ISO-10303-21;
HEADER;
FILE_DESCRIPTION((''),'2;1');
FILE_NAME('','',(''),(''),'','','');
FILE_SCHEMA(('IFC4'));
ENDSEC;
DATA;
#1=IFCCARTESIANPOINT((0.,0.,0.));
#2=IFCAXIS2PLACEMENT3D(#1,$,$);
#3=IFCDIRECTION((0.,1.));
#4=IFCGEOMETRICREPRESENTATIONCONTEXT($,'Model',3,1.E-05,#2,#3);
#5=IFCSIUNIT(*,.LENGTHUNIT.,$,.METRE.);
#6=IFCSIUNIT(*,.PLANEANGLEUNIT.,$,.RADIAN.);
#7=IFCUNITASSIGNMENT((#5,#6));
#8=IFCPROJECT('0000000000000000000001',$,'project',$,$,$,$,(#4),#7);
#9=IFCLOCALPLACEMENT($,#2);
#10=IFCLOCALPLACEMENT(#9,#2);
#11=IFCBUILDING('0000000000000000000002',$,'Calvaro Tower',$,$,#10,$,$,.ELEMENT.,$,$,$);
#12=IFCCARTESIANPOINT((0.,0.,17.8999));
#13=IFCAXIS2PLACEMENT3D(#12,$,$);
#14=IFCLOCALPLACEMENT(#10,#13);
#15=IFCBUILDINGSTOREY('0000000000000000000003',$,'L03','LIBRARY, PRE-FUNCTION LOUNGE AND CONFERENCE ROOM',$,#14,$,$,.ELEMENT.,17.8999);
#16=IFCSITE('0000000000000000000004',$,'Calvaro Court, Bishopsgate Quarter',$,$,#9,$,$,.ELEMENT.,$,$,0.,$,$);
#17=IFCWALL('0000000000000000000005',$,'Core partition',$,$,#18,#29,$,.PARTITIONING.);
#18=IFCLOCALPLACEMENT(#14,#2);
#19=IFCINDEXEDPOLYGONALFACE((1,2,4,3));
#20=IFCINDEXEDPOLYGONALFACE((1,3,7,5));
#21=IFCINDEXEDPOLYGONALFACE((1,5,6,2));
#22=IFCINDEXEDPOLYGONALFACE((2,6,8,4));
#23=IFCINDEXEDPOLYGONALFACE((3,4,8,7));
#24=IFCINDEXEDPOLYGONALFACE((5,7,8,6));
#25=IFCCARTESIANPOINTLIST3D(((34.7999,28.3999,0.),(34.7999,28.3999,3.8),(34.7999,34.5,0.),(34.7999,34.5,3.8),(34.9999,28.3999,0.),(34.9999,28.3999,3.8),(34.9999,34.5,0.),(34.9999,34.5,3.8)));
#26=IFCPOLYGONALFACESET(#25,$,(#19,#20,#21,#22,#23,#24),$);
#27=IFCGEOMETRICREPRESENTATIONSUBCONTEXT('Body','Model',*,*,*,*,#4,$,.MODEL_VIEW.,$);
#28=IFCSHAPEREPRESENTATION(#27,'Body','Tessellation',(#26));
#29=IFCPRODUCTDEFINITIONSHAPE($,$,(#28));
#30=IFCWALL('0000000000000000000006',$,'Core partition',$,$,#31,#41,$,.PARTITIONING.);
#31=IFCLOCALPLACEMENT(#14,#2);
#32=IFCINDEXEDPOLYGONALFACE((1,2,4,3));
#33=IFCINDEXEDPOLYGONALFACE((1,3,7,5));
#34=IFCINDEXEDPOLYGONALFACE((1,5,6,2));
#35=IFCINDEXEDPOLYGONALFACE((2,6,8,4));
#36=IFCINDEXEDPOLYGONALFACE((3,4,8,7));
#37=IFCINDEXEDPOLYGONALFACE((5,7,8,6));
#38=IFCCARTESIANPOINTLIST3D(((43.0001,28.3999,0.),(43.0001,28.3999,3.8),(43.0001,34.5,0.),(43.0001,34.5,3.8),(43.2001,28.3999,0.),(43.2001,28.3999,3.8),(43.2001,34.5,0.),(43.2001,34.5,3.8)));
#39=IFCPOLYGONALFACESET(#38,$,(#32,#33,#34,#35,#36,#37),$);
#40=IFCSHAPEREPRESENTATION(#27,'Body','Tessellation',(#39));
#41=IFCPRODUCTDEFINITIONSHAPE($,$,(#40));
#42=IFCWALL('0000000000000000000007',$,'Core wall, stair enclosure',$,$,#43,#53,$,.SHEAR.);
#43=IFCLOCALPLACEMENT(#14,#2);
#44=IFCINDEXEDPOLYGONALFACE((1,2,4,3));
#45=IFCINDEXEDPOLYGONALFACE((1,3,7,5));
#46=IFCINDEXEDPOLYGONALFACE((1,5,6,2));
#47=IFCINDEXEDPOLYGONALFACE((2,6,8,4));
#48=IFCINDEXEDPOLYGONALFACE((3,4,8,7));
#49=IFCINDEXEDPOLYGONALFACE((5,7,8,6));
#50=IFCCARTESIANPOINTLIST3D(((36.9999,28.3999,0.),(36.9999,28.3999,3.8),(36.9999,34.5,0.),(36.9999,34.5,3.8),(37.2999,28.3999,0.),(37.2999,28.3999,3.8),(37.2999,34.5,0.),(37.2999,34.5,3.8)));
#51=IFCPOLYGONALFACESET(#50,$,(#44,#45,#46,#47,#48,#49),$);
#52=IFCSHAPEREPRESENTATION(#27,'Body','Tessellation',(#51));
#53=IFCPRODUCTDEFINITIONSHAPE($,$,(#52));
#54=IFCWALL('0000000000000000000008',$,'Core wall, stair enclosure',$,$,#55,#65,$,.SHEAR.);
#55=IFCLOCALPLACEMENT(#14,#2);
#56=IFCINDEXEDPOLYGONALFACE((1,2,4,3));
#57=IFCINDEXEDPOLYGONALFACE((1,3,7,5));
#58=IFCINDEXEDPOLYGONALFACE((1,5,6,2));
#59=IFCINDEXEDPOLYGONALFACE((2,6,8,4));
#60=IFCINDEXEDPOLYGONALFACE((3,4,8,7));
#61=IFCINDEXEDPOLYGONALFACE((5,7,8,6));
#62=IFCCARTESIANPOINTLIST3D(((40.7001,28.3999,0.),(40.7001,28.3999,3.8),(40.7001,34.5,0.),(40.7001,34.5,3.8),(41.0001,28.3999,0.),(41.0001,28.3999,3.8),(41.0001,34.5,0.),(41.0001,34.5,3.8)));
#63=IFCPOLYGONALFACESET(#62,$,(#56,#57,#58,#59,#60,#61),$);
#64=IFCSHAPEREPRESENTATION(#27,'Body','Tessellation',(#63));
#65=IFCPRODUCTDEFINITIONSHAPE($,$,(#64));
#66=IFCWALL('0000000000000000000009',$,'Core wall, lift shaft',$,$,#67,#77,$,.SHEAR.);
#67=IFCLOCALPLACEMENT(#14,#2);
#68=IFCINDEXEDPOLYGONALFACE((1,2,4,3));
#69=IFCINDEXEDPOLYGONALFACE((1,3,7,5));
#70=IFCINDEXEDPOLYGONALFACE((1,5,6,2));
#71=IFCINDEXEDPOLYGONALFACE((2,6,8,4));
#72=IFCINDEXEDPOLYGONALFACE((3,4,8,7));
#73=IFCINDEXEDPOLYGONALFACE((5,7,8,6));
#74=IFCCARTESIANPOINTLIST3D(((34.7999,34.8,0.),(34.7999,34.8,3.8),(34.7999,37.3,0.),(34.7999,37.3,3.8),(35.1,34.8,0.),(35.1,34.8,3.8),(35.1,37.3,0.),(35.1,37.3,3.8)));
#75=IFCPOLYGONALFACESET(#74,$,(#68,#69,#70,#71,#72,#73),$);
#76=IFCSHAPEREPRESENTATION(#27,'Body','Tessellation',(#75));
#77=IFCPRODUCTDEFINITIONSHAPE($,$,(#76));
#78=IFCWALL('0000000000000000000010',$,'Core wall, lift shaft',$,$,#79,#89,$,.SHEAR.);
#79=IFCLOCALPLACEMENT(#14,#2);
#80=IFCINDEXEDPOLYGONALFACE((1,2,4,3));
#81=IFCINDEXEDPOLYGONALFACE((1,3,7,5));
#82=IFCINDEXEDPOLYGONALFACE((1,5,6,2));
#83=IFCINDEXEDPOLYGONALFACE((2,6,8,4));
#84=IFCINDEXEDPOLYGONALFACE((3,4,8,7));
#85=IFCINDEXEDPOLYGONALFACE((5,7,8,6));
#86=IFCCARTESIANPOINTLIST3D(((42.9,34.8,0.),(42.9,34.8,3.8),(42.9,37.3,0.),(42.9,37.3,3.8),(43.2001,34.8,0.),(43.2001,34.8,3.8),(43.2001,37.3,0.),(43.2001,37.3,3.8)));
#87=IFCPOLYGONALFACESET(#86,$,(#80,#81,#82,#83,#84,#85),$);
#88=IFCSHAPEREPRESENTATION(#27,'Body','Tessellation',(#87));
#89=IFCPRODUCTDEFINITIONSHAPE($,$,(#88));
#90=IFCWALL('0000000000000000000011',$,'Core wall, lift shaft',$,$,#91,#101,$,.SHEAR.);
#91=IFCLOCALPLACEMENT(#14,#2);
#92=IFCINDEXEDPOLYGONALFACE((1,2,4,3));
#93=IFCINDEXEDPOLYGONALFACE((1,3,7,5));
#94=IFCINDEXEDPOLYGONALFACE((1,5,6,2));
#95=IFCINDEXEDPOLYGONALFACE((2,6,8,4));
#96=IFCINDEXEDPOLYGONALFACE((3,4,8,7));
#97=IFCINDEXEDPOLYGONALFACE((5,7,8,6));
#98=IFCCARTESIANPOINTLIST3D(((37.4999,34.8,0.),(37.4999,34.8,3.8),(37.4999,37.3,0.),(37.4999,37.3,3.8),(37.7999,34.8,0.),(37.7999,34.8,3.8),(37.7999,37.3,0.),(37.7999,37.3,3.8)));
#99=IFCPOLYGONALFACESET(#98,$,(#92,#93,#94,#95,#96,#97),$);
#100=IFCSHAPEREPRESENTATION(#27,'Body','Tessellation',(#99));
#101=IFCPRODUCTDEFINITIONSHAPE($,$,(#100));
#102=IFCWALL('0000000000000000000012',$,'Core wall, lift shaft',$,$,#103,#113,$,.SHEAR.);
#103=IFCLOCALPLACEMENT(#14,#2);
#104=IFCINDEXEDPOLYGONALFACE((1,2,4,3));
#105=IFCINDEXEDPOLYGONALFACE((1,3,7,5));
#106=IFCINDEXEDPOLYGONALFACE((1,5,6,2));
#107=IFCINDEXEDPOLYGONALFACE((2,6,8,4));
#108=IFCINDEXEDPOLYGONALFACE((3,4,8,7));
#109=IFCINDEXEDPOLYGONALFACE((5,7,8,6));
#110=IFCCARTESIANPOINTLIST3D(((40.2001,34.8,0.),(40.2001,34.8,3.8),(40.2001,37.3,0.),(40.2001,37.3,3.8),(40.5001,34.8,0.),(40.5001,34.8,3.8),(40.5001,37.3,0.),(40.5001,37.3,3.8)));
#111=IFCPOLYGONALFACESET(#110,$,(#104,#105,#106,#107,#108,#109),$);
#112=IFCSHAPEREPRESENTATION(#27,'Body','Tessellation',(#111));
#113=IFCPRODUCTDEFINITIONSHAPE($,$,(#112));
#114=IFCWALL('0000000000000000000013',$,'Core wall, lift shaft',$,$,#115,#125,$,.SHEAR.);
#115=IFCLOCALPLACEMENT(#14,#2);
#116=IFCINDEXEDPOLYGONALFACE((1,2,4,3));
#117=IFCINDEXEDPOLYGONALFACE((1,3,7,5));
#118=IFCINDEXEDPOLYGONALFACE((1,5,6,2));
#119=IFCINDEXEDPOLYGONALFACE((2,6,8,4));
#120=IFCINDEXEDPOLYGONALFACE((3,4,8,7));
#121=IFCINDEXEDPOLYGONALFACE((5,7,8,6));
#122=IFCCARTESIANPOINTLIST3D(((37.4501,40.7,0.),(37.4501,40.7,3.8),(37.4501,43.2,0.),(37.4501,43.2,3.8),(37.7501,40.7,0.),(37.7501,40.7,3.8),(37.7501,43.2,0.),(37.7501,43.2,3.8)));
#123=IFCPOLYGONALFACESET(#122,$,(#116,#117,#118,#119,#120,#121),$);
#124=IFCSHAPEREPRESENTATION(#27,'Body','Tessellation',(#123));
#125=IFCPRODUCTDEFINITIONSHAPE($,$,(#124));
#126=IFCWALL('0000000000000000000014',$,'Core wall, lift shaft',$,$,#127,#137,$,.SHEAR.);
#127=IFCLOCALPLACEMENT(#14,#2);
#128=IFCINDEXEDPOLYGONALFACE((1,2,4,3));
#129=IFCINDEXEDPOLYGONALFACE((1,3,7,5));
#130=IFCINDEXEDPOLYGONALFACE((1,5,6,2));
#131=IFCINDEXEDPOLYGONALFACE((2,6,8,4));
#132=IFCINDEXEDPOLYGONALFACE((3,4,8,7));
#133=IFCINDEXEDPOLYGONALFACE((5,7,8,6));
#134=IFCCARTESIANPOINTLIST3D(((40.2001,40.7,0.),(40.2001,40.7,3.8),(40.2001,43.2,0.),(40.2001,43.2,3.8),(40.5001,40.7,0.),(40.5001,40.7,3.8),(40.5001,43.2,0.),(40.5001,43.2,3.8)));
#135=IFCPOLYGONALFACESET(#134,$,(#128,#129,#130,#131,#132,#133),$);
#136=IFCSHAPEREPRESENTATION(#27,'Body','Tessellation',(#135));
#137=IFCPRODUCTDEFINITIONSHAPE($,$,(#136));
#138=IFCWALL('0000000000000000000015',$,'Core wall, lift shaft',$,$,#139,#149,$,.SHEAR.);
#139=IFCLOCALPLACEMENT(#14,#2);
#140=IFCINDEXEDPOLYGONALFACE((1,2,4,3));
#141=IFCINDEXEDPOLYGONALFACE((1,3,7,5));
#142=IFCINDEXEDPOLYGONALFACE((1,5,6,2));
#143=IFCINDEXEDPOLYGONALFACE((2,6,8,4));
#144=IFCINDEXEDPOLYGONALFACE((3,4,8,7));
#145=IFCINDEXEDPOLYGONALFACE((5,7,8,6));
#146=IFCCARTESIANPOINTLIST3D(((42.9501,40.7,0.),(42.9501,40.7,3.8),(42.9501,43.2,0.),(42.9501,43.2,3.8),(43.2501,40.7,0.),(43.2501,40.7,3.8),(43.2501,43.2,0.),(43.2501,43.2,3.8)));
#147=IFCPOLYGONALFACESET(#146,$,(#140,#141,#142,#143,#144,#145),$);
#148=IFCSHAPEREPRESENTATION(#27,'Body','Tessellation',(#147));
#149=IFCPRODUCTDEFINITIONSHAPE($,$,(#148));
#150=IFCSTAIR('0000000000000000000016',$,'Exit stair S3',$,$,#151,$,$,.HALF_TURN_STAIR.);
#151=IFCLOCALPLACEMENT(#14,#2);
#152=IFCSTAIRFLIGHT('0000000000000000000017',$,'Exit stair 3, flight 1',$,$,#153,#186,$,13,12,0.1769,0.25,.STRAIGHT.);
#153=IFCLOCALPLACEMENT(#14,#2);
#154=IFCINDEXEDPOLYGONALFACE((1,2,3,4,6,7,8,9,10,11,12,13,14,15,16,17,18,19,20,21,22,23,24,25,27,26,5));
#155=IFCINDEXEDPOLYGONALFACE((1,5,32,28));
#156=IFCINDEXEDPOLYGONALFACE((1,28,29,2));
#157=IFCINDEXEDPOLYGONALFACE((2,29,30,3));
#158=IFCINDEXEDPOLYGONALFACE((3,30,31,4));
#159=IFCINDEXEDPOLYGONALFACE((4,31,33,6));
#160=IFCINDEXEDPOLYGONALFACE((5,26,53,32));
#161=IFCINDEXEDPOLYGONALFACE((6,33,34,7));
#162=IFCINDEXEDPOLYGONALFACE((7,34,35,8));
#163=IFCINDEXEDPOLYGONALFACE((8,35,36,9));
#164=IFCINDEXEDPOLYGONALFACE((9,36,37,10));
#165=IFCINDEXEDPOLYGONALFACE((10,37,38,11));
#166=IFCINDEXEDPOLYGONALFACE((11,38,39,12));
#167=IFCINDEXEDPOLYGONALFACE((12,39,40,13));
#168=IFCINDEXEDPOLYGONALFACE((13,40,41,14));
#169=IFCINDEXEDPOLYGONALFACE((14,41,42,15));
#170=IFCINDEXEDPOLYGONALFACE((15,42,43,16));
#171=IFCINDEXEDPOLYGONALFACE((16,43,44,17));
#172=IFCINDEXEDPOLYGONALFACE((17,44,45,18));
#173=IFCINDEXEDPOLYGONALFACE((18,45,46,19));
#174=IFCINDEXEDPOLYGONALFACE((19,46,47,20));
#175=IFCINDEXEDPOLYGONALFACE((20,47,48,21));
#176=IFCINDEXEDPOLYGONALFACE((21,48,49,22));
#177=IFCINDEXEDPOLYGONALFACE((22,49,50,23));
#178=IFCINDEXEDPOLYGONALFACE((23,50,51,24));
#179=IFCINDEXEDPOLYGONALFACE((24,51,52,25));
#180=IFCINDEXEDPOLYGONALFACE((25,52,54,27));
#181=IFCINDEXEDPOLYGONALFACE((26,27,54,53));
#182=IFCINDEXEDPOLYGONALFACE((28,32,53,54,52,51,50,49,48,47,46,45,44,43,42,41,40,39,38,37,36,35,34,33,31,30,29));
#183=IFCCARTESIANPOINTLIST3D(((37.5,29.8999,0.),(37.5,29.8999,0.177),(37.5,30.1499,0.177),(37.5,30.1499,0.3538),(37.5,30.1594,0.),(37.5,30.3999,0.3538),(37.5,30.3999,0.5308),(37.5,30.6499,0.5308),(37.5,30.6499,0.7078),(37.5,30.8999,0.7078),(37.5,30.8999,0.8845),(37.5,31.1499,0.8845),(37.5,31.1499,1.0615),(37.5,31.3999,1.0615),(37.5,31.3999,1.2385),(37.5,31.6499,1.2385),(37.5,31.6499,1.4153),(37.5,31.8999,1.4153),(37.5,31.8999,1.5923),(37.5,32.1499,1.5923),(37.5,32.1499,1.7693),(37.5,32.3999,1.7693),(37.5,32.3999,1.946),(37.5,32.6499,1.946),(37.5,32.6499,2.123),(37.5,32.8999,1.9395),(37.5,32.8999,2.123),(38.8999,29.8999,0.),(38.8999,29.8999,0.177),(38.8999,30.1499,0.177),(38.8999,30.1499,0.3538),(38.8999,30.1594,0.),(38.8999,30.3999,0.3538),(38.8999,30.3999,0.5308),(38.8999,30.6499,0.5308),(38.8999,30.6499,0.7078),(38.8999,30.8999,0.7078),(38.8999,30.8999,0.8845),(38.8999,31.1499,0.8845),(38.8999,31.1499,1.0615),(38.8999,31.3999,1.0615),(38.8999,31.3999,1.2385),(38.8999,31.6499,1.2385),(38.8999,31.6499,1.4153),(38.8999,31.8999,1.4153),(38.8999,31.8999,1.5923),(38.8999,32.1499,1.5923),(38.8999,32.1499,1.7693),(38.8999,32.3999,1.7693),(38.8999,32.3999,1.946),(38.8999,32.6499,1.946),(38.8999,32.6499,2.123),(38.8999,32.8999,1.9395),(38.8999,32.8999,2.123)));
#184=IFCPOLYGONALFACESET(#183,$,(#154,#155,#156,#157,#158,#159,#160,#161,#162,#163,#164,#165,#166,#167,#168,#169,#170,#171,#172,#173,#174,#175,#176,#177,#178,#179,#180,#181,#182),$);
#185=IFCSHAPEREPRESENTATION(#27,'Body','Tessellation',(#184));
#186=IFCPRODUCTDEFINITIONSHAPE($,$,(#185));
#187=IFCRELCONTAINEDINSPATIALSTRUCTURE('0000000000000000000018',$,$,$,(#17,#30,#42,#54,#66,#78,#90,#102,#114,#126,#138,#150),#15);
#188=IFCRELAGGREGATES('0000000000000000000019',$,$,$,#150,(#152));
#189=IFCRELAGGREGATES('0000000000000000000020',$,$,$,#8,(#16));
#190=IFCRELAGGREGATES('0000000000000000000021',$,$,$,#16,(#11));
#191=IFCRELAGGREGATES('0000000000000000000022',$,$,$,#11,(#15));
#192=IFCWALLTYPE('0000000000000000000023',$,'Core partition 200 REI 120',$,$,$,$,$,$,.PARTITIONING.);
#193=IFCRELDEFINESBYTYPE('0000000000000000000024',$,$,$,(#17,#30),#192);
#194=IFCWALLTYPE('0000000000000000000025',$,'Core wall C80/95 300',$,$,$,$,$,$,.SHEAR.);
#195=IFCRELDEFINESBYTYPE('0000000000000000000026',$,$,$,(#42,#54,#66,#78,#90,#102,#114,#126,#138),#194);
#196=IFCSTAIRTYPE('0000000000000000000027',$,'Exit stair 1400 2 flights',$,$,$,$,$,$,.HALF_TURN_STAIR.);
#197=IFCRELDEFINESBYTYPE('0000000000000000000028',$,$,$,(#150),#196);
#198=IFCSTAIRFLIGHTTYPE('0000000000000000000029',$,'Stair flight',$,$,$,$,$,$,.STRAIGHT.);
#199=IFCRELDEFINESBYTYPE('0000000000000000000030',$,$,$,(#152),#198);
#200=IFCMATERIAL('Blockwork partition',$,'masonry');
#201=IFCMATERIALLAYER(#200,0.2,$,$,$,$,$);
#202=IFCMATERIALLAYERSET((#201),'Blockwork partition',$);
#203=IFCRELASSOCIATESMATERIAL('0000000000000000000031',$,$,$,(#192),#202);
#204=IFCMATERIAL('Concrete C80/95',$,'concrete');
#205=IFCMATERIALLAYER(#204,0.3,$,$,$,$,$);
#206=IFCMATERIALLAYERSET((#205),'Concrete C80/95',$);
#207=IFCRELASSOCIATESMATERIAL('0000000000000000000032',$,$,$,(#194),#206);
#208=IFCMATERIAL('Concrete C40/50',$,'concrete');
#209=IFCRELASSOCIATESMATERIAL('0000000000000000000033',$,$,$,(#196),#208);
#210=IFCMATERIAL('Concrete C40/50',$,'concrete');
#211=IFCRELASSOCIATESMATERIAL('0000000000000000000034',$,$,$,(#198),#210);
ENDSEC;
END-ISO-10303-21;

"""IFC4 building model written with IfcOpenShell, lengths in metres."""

from ifc_helpers import new_model, si_unit, direction, frame, frame_2d, origin, place, context, subcontext, project, spatial, polyline, rectangle, outline, extrude, material, layer, layer_set, type_object, element, aggregate, save


model = new_model("IFC4")

# Units and contexts
model_context = context("Model", 3, precision=1e-05, world=origin(), true_north=direction((0.0, 1.0)))
body_context = subcontext(model_context, "Body", "Model", "MODEL_VIEW")
ifc_project = project(units=[si_unit("LENGTHUNIT", "METRE"), si_unit("PLANEANGLEUNIT", "RADIAN")], contexts=[model_context])

# Site, building, storey
site_placement = place(None, origin())
site = spatial("IfcSite", under=ifc_project, at=site_placement, Name="Calvaro Court, Bishopsgate Quarter", CompositionType="ELEMENT", RefElevation=0.0)
building_placement = place(site_placement, origin())
building = spatial("IfcBuilding", under=site, at=building_placement, Name="Calvaro Tower", CompositionType="ELEMENT")
storey_placement = place(building_placement, frame((0.0, 0.0, 17.8999)))
storey = spatial("IfcBuildingStorey", under=building, at=storey_placement, Name="L03", Description="LIBRARY, PRE-FUNCTION LOUNGE AND CONFERENCE ROOM", CompositionType="ELEMENT", Elevation=17.8999)

# Walls
ifc_material_1 = material(Name="Blockwork partition", Category="masonry")
ifc_layer_1 = layer(ifc_material_1, 0.2)
ifc_layer_set_1 = layer_set([ifc_layer_1], Name="Blockwork partition")
wall_type_1 = type_object("IfcWallType", Name="Core partition 200 REI 120", PredefinedType="PARTITIONING", material=ifc_layer_set_1)
for number, where, z_axis, x_axis, name in (
    (1, (34.8999, 28.3999, 0.0), (0.0, 0.0, 1.0), (0.0, 1.0, 0.0), "Core partition"),
    (2, (43.1001, 28.3999, 0.0), (0.0, 0.0, 1.0), (0.0, 1.0, 0.0), "Core partition"),
):
    element("IfcWall", number, at=place(storey_placement, frame(where, z_axis=z_axis, x_axis=x_axis)), inside=storey, type_object=wall_type_1, Name=name, PredefinedType="PARTITIONING", context=body_context, shape_type="SweptSolid", body=[
        extrude(rectangle(XDim=6.1001, YDim=0.2, at=frame_2d((3.05, 0.0))), origin(), (0.0, 0.0, 1.0), 3.8),
    ])
ifc_material_2 = material(Name="Concrete C80/95", Category="concrete")
ifc_layer_2 = layer(ifc_material_2, 0.3)
ifc_layer_set_2 = layer_set([ifc_layer_2], Name="Concrete C80/95")
wall_type_2 = type_object("IfcWallType", Name="Core wall C80/95 300", PredefinedType="SHEAR", material=ifc_layer_set_2)
for number, where, z_axis, x_axis, name in (
    (3, (37.1499, 28.3999, 0.0), (0.0, 0.0, 1.0), (0.0, 1.0, 0.0), "Core wall, stair enclosure"),
    (4, (40.8501, 28.3999, 0.0), (0.0, 0.0, 1.0), (0.0, 1.0, 0.0), "Core wall, stair enclosure"),
):
    element("IfcWall", number, at=place(storey_placement, frame(where, z_axis=z_axis, x_axis=x_axis)), inside=storey, type_object=wall_type_2, Name=name, PredefinedType="SHEAR", context=body_context, shape_type="SweptSolid", body=[
        extrude(rectangle(XDim=6.1001, YDim=0.3, at=frame_2d((3.05, 0.0))), origin(), (0.0, 0.0, 1.0), 3.8),
    ])
for number, where, z_axis, x_axis, name in (
    (5, (34.95, 34.8, 0.0), (0.0, 0.0, 1.0), (0.0, 1.0, 0.0), "Core wall, lift shaft"),
    (6, (43.05, 34.8, 0.0), (0.0, 0.0, 1.0), (0.0, 1.0, 0.0), "Core wall, lift shaft"),
    (7, (37.6499, 34.8, 0.0), (0.0, 0.0, 1.0), (0.0, 1.0, 0.0), "Core wall, lift shaft"),
    (8, (40.3501, 34.8, 0.0), (0.0, 0.0, 1.0), (0.0, 1.0, 0.0), "Core wall, lift shaft"),
    (9, (37.6001, 40.7, 0.0), (0.0, 0.0, 1.0), (0.0, 1.0, 0.0), "Core wall, lift shaft"),
    (10, (40.3501, 40.7, 0.0), (0.0, 0.0, 1.0), (0.0, 1.0, 0.0), "Core wall, lift shaft"),
    (11, (43.1001, 40.7, 0.0), (0.0, 0.0, 1.0), (0.0, 1.0, 0.0), "Core wall, lift shaft"),
):
    element("IfcWall", number, at=place(storey_placement, frame(where, z_axis=z_axis, x_axis=x_axis)), inside=storey, type_object=wall_type_2, Name=name, PredefinedType="SHEAR", context=body_context, shape_type="SweptSolid", body=[
        extrude(rectangle(XDim=2.5, YDim=0.3, at=frame_2d((1.25, 0.0))), origin(), (0.0, 0.0, 1.0), 3.8),
    ])

# Stair, stair flight
ifc_material_3 = material(Name="Concrete C40/50", Category="concrete")
stair_type = type_object("IfcStairType", Name="Exit stair 1400 2 flights", PredefinedType="HALF_TURN_STAIR", material=ifc_material_3)
stair_placement = place(storey_placement, origin())
stair = element("IfcStair", 12, at=stair_placement, inside=storey, type_object=stair_type, Name="Exit stair S3", PredefinedType="HALF_TURN_STAIR")
ifc_material_4 = material(Name="Concrete C40/50", Category="concrete")
stair_flight_type = type_object("IfcStairFlightType", Name="Stair flight", PredefinedType="STRAIGHT", material=ifc_material_4)
stair_flight_1_placement = place(storey_placement, frame((38.2, 29.8999, 0.0), z_axis=(0.0, 0.0, 1.0), x_axis=(0.0, 1.0, 0.0)))
stair_flight_1 = element("IfcStairFlight", 13, at=stair_flight_1_placement, type_object=stair_flight_type, Name="Exit stair 3, flight 1", NumberOfRisers=13, NumberOfTreads=12, PredefinedType="STRAIGHT", RiserHeight=0.1769, TreadLength=0.25, context=body_context, shape_type="SweptSolid", body=[
    extrude(outline(polyline([(0.0, 0.0), (0.0, 0.177), (0.25, 0.177), (0.25, 0.3538), (0.5, 0.3538), (0.5, 0.5308), (0.75, 0.5308), (0.75, 0.7078), (1.0, 0.7078), (1.0, 0.8845), (1.25, 0.8845), (1.25, 1.0615), (1.5, 1.0615), (1.5, 1.2385), (1.75, 1.2385), (1.75, 1.4153), (2.0, 1.4153), (2.0, 1.5923), (2.25, 1.5923), (2.25, 1.7693), (2.5, 1.7693), (2.5, 1.946), (2.75, 1.946), (2.75, 2.123), (3.0, 2.123), (3.0, 2.3), (3.0, 1.9395), (0.2595, 0.0), (0.0, 0.0)])), frame((0.0, 0.7, 0.0), z_axis=(0.0, -1.0, 0.0), x_axis=(1.0, 0.0, 0.0)), (0.0, 0.0, 1.0), 1.3999),
])
aggregate(stair, [stair_flight_1])

save(model, "model.ifc")
